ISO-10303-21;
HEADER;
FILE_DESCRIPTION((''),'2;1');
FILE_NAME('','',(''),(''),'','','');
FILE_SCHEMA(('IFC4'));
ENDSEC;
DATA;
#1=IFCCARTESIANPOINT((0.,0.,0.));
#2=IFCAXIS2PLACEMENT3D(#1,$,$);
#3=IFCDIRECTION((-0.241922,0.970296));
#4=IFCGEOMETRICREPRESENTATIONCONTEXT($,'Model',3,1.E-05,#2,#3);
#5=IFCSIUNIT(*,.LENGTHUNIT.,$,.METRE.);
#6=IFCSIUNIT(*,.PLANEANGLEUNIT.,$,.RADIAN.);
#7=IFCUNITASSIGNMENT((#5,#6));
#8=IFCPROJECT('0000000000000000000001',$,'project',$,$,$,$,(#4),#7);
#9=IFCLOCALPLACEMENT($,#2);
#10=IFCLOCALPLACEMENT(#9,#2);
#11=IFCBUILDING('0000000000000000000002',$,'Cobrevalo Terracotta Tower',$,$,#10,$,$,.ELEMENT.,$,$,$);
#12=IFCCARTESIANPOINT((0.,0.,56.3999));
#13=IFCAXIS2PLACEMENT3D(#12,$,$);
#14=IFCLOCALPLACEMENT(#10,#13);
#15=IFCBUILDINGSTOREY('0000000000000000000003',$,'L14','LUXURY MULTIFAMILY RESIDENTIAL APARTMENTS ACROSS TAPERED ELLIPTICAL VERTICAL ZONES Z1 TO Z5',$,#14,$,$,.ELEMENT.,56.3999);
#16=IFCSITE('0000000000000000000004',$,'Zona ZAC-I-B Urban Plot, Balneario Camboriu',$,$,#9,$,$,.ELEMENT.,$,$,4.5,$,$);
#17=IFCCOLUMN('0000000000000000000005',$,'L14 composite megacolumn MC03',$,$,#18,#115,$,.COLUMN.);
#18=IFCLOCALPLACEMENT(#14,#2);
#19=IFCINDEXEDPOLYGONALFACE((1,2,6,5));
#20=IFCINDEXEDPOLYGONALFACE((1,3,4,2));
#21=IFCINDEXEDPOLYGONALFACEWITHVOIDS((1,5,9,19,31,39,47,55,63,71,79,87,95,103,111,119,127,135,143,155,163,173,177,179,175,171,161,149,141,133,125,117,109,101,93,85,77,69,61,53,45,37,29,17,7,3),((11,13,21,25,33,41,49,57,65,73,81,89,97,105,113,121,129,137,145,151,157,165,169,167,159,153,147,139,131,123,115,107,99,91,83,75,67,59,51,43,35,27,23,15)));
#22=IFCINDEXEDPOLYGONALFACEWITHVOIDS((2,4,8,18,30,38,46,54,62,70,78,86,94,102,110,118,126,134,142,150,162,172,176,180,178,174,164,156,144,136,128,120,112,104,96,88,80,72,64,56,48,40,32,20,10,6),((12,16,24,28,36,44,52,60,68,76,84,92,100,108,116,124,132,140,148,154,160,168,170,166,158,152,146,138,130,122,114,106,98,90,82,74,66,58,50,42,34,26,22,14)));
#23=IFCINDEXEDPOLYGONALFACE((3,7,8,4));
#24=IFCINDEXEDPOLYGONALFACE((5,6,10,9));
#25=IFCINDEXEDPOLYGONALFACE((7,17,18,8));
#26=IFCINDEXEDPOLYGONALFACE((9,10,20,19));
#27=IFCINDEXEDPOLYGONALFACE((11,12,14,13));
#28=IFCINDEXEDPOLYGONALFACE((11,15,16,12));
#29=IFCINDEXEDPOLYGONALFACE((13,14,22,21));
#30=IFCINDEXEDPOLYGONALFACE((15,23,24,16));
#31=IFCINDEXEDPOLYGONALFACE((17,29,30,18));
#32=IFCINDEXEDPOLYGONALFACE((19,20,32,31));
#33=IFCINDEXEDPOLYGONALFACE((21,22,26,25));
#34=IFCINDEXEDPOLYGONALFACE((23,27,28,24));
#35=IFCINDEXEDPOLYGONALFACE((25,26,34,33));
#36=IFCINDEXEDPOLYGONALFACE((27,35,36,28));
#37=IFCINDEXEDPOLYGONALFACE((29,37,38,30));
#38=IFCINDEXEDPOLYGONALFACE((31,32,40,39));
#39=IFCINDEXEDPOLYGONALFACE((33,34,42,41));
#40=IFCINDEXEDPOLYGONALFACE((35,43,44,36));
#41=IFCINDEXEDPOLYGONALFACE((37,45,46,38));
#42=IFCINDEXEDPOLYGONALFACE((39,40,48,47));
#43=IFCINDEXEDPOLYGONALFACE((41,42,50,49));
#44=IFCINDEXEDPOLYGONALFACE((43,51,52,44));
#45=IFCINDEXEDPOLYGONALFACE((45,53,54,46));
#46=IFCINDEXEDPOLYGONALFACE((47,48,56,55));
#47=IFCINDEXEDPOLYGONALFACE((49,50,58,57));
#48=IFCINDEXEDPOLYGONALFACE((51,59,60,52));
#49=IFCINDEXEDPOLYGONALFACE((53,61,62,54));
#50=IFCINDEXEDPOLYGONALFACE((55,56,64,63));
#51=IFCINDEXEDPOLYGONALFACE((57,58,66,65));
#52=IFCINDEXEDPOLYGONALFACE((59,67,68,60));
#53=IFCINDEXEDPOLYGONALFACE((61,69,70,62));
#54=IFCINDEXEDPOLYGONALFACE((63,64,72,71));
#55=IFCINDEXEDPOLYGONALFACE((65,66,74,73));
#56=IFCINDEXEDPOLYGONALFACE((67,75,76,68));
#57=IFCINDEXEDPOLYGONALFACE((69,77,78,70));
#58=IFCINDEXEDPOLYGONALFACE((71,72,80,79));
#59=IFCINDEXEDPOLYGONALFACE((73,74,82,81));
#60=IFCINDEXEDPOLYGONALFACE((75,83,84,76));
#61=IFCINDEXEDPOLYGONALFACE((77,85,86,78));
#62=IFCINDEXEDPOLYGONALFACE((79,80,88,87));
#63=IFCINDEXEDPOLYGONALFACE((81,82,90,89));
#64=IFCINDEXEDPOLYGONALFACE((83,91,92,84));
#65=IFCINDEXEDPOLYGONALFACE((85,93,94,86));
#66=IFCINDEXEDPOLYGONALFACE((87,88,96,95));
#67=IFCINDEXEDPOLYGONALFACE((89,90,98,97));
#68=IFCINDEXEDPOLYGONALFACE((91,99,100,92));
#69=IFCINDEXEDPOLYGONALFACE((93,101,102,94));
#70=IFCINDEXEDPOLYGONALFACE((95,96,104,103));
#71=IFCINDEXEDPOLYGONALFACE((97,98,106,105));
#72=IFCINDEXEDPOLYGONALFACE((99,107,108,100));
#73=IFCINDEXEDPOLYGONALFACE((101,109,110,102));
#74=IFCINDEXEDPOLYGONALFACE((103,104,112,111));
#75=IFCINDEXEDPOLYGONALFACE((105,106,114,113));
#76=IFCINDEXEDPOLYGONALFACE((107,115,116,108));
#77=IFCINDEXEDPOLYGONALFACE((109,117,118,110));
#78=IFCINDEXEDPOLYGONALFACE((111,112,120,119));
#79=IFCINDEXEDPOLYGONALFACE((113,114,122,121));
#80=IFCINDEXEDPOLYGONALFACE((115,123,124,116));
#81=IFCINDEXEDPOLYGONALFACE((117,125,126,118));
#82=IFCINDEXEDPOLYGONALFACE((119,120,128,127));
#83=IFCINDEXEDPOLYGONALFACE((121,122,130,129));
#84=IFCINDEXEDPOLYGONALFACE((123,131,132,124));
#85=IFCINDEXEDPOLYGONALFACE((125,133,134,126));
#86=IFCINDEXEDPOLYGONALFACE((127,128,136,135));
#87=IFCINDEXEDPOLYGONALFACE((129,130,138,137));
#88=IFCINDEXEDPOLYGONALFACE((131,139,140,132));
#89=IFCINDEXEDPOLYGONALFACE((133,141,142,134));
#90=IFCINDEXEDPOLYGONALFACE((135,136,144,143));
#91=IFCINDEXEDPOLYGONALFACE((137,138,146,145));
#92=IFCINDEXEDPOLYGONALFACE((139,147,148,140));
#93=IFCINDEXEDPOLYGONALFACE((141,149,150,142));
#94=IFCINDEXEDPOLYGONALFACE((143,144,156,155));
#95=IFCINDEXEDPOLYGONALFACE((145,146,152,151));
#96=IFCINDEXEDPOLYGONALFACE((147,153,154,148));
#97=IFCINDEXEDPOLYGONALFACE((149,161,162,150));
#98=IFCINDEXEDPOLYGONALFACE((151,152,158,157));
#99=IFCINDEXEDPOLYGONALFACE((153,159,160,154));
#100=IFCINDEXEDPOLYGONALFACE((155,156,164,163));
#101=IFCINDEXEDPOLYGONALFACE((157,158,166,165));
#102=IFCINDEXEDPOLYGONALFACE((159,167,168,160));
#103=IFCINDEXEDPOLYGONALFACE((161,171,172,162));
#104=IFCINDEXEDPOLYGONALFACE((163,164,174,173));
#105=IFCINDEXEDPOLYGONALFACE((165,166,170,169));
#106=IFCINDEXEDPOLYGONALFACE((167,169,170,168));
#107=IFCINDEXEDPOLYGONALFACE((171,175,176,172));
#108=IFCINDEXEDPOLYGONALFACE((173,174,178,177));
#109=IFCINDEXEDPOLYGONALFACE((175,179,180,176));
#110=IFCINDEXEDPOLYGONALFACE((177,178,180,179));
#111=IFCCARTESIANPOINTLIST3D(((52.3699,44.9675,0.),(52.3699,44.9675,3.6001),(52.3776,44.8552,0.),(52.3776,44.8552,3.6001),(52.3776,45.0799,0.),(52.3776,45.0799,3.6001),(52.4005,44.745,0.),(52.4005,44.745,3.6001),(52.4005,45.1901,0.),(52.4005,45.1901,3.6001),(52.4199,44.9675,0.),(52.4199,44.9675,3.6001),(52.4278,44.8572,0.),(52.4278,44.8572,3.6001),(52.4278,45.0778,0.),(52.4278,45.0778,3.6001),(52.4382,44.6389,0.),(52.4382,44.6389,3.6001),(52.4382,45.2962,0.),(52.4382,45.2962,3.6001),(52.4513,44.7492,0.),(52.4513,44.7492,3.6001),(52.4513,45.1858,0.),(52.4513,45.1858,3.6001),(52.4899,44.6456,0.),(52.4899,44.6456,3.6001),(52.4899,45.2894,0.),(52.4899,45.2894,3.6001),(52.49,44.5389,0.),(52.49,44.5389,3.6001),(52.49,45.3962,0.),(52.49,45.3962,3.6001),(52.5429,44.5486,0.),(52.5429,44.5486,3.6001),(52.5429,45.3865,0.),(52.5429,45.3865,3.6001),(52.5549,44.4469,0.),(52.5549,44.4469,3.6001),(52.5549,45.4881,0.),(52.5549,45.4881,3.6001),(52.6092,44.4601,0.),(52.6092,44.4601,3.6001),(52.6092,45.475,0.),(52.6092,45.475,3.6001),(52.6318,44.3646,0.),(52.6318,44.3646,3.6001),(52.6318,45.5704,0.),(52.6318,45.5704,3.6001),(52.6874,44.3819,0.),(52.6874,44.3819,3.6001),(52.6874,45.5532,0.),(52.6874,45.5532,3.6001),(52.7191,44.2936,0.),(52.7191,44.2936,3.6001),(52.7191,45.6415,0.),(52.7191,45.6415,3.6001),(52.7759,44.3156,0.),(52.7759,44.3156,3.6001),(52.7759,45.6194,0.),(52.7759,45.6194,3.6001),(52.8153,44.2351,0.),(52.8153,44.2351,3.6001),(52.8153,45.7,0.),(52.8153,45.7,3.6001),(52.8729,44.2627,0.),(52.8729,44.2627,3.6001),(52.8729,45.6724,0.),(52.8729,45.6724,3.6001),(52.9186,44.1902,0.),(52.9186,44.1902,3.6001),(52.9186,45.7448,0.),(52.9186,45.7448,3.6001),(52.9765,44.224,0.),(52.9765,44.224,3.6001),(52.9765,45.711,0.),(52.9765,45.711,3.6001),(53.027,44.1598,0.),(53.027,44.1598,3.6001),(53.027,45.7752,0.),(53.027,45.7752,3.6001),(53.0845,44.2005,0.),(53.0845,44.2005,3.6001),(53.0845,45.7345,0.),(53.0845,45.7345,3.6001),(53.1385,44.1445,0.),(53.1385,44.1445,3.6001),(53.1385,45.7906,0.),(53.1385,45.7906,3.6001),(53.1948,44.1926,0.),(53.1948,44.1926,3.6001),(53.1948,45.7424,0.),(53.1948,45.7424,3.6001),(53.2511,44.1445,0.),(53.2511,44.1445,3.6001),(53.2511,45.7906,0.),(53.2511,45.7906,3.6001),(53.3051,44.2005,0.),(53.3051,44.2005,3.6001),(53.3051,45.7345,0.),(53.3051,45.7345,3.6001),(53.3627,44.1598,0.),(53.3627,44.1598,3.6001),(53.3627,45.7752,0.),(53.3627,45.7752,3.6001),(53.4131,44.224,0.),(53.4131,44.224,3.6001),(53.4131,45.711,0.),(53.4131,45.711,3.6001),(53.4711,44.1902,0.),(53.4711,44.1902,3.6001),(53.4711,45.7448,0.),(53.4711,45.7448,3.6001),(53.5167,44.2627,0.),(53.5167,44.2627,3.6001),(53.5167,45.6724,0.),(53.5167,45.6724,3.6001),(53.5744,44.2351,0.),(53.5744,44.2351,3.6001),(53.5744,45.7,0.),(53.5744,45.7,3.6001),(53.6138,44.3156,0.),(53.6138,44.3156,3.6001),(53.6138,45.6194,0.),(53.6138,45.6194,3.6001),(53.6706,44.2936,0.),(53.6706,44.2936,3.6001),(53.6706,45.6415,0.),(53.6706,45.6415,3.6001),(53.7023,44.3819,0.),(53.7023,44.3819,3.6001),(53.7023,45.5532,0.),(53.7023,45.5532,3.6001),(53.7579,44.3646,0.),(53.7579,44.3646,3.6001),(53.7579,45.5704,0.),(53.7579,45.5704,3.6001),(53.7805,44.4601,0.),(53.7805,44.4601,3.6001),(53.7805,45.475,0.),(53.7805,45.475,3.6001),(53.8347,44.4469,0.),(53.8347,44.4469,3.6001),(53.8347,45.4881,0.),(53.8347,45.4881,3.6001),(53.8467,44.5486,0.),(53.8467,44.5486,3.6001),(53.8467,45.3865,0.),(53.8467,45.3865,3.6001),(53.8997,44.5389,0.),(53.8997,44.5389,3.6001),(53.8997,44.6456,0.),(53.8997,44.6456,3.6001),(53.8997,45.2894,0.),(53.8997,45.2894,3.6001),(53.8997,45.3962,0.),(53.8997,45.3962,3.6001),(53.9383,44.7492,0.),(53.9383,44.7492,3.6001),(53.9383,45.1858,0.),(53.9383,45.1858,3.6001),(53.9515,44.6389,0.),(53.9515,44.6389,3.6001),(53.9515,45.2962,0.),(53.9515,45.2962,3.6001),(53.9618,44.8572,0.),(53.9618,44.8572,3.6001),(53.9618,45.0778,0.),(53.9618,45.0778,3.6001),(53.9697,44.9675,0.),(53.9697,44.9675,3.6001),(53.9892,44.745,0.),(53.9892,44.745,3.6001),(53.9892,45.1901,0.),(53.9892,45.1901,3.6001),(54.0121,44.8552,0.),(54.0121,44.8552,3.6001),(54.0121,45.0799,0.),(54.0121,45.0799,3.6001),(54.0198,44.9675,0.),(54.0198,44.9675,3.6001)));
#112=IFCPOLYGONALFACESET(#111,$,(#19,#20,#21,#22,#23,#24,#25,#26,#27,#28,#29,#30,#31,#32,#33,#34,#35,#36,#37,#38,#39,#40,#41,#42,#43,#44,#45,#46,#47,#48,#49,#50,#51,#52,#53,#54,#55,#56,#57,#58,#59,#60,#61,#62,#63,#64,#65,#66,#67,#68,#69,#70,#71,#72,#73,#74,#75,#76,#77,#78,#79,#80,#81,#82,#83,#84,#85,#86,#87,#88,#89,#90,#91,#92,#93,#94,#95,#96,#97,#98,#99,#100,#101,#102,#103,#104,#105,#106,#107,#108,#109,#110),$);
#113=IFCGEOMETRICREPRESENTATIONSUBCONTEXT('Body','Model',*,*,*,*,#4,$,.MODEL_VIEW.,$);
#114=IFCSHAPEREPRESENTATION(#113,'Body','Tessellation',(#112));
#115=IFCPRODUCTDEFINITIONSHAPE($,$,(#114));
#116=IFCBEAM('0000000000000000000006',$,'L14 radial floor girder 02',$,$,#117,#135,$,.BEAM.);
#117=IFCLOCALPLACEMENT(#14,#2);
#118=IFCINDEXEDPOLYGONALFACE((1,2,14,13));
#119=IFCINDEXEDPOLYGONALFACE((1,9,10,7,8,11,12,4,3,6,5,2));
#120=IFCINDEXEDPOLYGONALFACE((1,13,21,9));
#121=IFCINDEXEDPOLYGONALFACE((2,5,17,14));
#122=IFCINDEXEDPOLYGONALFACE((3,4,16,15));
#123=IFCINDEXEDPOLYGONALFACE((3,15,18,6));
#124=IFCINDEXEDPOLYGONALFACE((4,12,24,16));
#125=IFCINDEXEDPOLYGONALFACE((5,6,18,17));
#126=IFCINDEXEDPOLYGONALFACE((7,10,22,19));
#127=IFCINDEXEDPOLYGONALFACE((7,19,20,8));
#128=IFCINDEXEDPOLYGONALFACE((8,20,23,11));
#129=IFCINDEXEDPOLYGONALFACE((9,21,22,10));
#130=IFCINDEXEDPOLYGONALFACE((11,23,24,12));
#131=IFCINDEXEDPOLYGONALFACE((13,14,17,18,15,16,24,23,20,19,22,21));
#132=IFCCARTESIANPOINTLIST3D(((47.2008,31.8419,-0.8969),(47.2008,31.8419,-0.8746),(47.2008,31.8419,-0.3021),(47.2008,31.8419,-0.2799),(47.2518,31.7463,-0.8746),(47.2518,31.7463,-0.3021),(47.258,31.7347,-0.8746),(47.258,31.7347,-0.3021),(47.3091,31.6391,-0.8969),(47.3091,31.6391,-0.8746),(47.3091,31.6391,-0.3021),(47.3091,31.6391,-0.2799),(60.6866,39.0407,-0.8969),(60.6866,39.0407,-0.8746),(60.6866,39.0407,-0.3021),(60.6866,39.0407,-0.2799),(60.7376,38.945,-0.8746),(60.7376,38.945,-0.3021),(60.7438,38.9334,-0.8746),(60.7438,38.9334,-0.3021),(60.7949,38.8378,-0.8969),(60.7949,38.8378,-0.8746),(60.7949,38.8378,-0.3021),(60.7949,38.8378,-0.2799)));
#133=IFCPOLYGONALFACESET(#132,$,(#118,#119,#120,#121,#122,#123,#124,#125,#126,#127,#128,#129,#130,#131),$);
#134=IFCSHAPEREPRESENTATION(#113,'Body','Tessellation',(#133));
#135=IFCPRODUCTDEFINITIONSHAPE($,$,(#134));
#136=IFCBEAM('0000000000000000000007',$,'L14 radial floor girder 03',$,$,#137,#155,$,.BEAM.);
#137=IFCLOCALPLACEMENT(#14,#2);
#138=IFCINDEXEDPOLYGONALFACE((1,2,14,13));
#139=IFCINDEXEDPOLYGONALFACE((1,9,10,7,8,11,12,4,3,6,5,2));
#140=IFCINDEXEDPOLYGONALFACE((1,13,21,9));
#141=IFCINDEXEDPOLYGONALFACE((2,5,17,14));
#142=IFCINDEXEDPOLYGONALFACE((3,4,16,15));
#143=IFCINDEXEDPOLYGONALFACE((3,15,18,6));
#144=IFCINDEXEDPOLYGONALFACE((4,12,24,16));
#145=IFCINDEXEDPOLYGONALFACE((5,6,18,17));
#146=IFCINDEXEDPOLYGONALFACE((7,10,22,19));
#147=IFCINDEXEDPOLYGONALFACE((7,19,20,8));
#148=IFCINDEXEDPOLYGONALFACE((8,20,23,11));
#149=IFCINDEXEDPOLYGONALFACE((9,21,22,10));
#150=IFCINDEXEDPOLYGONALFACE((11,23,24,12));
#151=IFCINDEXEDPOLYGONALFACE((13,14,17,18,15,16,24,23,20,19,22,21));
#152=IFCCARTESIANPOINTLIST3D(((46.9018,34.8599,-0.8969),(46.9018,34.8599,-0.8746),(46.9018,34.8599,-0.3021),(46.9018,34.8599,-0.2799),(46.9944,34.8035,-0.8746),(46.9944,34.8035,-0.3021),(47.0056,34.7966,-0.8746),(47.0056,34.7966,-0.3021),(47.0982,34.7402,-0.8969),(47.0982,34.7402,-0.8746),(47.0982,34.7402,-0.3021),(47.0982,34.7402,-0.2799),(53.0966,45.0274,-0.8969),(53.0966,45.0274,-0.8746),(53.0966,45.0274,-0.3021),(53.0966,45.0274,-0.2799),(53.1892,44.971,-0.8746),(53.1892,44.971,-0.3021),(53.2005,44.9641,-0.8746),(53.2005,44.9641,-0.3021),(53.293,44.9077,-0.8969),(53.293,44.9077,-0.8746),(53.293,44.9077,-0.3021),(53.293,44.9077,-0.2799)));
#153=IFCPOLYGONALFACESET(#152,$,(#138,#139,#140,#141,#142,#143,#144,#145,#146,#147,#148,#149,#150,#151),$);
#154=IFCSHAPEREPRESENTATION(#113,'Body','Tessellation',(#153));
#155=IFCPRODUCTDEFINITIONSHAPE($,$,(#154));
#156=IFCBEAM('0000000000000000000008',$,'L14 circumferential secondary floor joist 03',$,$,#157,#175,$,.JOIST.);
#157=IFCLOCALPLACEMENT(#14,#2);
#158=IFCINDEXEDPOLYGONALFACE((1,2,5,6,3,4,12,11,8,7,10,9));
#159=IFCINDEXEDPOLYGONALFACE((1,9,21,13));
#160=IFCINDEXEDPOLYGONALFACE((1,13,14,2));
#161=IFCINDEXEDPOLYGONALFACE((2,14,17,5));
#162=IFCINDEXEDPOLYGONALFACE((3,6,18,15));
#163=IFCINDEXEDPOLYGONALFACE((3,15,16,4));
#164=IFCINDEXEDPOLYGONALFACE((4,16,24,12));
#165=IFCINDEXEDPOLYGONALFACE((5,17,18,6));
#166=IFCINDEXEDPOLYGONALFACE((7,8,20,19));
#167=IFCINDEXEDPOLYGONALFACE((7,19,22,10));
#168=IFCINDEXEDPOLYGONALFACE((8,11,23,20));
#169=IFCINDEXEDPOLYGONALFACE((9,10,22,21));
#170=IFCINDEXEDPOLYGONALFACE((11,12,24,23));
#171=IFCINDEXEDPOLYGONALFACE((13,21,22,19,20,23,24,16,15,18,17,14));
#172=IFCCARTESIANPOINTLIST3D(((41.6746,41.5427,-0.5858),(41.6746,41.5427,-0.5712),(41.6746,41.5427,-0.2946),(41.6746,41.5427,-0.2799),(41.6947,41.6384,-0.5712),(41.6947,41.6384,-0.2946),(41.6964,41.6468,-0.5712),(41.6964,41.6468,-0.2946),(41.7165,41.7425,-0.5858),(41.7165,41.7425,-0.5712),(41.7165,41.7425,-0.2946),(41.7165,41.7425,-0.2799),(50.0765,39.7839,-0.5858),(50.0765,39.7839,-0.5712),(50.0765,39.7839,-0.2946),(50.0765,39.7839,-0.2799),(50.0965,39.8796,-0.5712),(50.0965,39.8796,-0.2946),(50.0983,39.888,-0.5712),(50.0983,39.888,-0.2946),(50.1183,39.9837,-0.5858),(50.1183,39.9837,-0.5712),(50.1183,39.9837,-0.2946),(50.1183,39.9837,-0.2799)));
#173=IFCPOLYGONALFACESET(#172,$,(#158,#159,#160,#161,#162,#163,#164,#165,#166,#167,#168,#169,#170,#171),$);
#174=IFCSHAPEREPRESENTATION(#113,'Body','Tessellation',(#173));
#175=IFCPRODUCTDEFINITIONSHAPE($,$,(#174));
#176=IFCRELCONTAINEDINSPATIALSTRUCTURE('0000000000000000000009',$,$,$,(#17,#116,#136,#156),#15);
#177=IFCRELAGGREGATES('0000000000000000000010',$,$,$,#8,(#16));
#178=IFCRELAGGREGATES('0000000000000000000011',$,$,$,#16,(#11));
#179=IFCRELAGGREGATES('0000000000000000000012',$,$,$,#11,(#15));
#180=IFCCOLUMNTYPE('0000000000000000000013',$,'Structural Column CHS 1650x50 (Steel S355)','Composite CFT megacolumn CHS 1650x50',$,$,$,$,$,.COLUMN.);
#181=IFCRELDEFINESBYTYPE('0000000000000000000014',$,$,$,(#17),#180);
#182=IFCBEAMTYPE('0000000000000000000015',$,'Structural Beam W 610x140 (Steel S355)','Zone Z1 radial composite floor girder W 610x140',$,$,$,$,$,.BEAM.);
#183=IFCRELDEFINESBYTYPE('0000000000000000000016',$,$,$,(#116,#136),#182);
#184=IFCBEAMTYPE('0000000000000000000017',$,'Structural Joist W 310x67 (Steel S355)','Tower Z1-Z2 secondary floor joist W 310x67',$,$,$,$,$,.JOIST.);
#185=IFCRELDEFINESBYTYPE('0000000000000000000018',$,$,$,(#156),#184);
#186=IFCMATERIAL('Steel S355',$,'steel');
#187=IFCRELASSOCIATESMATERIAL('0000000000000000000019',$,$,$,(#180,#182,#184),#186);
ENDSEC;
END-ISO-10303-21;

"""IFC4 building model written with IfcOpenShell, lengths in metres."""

from ifc_helpers import new_model, si_unit, direction, frame, origin, origin_2d, place, context, subcontext, project, spatial, hollow_circle, i_section, extrude, material, material_profile, profile_set, type_object, element, save


model = new_model("IFC4")

# Units and contexts
model_context = context("Model", 3, precision=1e-05, world=origin(), true_north=direction((-0.241922, 0.970296)))
body_context = subcontext(model_context, "Body", "Model", "MODEL_VIEW")
ifc_project = project(units=[si_unit("LENGTHUNIT", "METRE"), si_unit("PLANEANGLEUNIT", "RADIAN")], contexts=[model_context])

# Site, building, storey
site_placement = place(None, origin())
site = spatial("IfcSite", under=ifc_project, at=site_placement, Name="Zona ZAC-I-B Urban Plot, Balneario Camboriu", CompositionType="ELEMENT", RefElevation=4.5)
building_placement = place(site_placement, origin())
building = spatial("IfcBuilding", under=site, at=building_placement, Name="Cobrevalo Terracotta Tower", CompositionType="ELEMENT")
storey_placement = place(building_placement, frame((0.0, 0.0, 56.3999)))
storey = spatial("IfcBuildingStorey", under=building, at=storey_placement, Name="L14", Description="LUXURY MULTIFAMILY RESIDENTIAL APARTMENTS ACROSS TAPERED ELLIPTICAL VERTICAL ZONES Z1 TO Z5", CompositionType="ELEMENT", Elevation=56.3999)

# Column
ifc_material_1 = material(Name="Steel S355", Category="steel")
ifc_material_profile_1 = material_profile(ifc_material_1, hollow_circle(Radius=0.825, WallThickness=0.05, at=origin_2d()), Name="CHS 1650x50")
ifc_profile_set_1 = profile_set([ifc_material_profile_1], Name="Steel S355")
column_type = type_object("IfcColumnType", Name="Structural Column CHS 1650x50 (Steel S355)", Description="Composite CFT megacolumn CHS 1650x50", PredefinedType="COLUMN", material=ifc_profile_set_1)
for number, where, z_axis, x_axis, name in (
    (1, (53.1948, 44.9675, 0.0), (0.0, 0.0, 1.0), (1.0, 0.0, 0.0), "L14 composite megacolumn MC03"),
):
    element("IfcColumn", number, at=place(storey_placement, frame(where, z_axis=z_axis, x_axis=x_axis)), inside=storey, type_object=column_type, Name=name, PredefinedType="COLUMN", context=body_context, shape_type="SweptSolid", body=[
        extrude(hollow_circle(Radius=0.825, WallThickness=0.05, at=origin_2d()), origin(), (0.0, 0.0, 1.0), 3.6001),
    ])

# Beams
ifc_material_profile_2 = material_profile(ifc_material_1, i_section(OverallWidth=0.23, OverallDepth=0.6169, WebThickness=0.0132, FlangeThickness=0.0222, at=origin_2d()), Name="W 610x140")
ifc_profile_set_2 = profile_set([ifc_material_profile_2], Name="Steel S355")
beam_type_1 = type_object("IfcBeamType", Name="Structural Beam W 610x140 (Steel S355)", Description="Zone Z1 radial composite floor girder W 610x140", PredefinedType="BEAM", material=ifc_profile_set_2)
beam_1_placement = place(storey_placement, frame((60.7407, 38.9392, -0.5884), z_axis=(-0.882182, -0.470908, 0.0), x_axis=(0.470908, -0.882182, 0.0)))
element("IfcBeam", 2, at=beam_1_placement, inside=storey, type_object=beam_type_1, Name="L14 radial floor girder 02", PredefinedType="BEAM", context=body_context, shape_type="SweptSolid", body=[
    extrude(i_section(OverallWidth=0.23, OverallDepth=0.6169, WebThickness=0.0132, FlangeThickness=0.0222, at=origin_2d()), origin(), (0.0, 0.0, 1.0), 15.2869),
])
beam_2_placement = place(storey_placement, frame((53.1948, 44.9675, -0.5884), z_axis=(-0.52031, -0.853978, 0.0), x_axis=(0.853978, -0.52031, 0.0)))
element("IfcBeam", 3, at=beam_2_placement, inside=storey, type_object=beam_type_1, Name="L14 radial floor girder 03", PredefinedType="BEAM", context=body_context, shape_type="SweptSolid", body=[
    extrude(i_section(OverallWidth=0.23, OverallDepth=0.6169, WebThickness=0.0132, FlangeThickness=0.0222, at=origin_2d()), origin(), (0.0, 0.0, 1.0), 11.906),
])
ifc_material_profile_3 = material_profile(ifc_material_1, i_section(OverallWidth=0.2041, OverallDepth=0.3059, WebThickness=0.0085, FlangeThickness=0.0146, at=origin_2d()), Name="W 310x67")
ifc_profile_set_3 = profile_set([ifc_material_profile_3], Name="Steel S355")
beam_type_2 = type_object("IfcBeamType", Name="Structural Joist W 310x67 (Steel S355)", Description="Tower Z1-Z2 secondary floor joist W 310x67", PredefinedType="JOIST", material=ifc_profile_set_3)
beam_3_placement = place(storey_placement, frame((50.0974, 39.8838, -0.4329), z_axis=(-0.978785, 0.204892, 0.0), x_axis=(-0.204892, -0.978785, 0.0)))
element("IfcBeam", 4, at=beam_3_placement, inside=storey, type_object=beam_type_2, Name="L14 circumferential secondary floor joist 03", PredefinedType="JOIST", context=body_context, shape_type="SweptSolid", body=[
    extrude(i_section(OverallWidth=0.2041, OverallDepth=0.3059, WebThickness=0.0085, FlangeThickness=0.0146, at=origin_2d()), origin(), (0.0, 0.0, 1.0), 8.584),
])

save(model, "model.ifc")
